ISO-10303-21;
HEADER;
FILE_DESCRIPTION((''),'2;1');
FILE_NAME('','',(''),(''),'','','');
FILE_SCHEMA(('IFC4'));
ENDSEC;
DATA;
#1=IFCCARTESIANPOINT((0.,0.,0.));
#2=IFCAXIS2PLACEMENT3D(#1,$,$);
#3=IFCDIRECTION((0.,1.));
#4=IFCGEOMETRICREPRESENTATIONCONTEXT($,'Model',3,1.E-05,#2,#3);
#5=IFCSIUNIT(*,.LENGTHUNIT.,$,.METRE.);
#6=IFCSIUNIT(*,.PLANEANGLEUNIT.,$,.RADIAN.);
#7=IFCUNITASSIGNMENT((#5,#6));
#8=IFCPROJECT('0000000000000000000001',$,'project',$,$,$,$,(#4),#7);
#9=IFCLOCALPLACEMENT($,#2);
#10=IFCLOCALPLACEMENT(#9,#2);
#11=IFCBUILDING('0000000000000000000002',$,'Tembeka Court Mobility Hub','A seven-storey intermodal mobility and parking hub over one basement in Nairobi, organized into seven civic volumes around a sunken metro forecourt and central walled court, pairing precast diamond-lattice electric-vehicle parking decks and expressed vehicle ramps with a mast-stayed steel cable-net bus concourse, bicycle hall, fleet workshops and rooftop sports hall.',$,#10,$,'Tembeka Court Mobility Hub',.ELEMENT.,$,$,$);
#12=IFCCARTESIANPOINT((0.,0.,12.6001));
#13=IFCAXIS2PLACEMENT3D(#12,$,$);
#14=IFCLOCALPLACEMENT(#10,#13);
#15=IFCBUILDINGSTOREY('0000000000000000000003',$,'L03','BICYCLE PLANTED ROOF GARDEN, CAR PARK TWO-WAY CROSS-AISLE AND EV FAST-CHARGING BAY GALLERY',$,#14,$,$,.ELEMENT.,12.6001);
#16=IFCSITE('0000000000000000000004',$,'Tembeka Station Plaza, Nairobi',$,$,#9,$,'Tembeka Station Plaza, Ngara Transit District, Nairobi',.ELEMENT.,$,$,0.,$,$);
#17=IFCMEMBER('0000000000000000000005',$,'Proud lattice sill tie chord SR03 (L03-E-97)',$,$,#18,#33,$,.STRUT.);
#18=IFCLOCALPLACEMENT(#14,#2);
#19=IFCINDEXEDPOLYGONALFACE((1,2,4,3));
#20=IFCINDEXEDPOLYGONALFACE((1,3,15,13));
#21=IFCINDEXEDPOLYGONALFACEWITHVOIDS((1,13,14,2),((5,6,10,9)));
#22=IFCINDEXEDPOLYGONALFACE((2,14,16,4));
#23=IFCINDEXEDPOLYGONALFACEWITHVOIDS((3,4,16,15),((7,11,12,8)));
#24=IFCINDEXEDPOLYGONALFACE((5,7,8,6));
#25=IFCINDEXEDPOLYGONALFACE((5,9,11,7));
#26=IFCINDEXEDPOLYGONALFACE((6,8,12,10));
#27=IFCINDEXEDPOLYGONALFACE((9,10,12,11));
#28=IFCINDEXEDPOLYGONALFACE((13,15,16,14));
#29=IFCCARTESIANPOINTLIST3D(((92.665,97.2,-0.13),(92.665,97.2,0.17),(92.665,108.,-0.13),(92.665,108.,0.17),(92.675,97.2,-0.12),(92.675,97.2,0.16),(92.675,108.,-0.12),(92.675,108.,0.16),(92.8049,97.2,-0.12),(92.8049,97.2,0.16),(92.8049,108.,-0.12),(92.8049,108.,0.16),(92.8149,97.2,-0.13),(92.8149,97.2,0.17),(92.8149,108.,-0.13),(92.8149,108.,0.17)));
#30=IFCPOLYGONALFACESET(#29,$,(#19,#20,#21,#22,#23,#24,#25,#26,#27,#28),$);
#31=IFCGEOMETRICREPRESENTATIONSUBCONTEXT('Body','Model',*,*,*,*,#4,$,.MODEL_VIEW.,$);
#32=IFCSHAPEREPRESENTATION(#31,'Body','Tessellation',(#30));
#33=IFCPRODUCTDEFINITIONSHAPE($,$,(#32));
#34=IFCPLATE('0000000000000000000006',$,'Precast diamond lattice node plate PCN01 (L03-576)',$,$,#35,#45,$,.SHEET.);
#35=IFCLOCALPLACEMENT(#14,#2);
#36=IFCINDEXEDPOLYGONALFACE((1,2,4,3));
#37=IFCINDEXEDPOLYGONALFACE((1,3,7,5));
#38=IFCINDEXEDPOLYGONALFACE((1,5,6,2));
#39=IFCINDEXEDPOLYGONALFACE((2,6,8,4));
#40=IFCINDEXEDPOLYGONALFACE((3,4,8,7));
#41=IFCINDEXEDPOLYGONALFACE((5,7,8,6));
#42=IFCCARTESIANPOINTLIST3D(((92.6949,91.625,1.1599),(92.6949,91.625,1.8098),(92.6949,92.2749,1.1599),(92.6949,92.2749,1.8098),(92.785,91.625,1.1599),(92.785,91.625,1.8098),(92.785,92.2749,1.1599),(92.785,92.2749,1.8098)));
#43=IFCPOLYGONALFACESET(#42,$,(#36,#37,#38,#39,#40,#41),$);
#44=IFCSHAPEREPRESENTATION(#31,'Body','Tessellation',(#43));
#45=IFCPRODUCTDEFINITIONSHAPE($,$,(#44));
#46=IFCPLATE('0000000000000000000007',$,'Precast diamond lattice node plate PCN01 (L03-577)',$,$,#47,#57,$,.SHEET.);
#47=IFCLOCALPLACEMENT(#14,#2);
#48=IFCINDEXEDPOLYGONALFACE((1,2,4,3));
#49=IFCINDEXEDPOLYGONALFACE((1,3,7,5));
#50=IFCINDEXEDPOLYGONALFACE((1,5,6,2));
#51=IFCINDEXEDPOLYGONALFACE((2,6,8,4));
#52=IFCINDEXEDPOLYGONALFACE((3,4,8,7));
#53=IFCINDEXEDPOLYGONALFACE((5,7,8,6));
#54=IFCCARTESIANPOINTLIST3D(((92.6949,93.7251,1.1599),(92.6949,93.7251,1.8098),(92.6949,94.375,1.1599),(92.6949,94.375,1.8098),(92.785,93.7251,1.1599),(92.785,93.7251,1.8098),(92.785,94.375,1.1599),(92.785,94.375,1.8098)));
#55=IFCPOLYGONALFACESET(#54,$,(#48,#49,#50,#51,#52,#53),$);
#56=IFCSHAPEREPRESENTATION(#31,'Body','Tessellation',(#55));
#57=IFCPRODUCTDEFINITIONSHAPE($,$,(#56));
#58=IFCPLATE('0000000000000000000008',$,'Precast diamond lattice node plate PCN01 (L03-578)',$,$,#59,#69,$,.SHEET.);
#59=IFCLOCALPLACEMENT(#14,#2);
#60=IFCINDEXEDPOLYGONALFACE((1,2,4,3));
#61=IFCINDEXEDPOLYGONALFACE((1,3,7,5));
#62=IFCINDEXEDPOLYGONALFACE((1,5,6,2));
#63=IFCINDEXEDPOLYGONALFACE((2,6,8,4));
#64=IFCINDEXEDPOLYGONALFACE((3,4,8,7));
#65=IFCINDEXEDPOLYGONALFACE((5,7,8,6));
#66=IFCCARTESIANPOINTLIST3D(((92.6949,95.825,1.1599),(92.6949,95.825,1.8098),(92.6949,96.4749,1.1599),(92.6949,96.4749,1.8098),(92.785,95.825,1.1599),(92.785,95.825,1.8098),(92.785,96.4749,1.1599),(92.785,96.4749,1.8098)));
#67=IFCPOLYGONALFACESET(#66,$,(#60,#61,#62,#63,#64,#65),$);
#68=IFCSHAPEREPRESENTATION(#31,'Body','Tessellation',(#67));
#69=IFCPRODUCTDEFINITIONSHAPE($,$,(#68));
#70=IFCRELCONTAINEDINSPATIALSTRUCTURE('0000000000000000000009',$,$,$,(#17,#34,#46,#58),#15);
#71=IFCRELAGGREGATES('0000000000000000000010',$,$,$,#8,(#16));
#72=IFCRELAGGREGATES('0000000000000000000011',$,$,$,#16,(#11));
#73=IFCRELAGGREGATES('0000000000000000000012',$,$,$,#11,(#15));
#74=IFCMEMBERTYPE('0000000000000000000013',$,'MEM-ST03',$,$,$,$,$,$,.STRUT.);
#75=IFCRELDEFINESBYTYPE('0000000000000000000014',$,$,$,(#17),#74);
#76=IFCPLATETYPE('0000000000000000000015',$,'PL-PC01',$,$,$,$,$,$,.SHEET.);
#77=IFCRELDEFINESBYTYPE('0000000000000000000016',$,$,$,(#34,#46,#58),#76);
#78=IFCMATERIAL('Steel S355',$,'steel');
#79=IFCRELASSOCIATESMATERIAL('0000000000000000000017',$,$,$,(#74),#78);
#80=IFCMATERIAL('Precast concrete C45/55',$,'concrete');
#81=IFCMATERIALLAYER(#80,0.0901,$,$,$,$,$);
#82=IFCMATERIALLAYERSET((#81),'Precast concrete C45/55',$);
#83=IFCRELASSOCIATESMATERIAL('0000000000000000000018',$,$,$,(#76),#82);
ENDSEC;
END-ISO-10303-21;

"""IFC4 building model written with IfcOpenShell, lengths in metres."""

from ifc_helpers import new_model, si_unit, direction, frame, origin, origin_2d, place, context, subcontext, project, spatial, rectangle, hollow_rectangle, extrude, material, layer, layer_set, material_profile, profile_set, type_object, element, save


model = new_model("IFC4")

# Units and contexts
model_context = context("Model", 3, precision=1e-05, world=origin(), true_north=direction((0.0, 1.0)))
body_context = subcontext(model_context, "Body", "Model", "MODEL_VIEW")
ifc_project = project(units=[si_unit("LENGTHUNIT", "METRE"), si_unit("PLANEANGLEUNIT", "RADIAN")], contexts=[model_context])

# Site, building, storey
site_placement = place(None, origin())
site = spatial("IfcSite", under=ifc_project, at=site_placement, Name="Tembeka Station Plaza, Nairobi", LongName="Tembeka Station Plaza, Ngara Transit District, Nairobi", CompositionType="ELEMENT", RefElevation=0.0)
building_placement = place(site_placement, origin())
building = spatial("IfcBuilding", under=site, at=building_placement, Name="Tembeka Court Mobility Hub", Description="A seven-storey intermodal mobility and parking hub over one basement in Nairobi, organized into seven civic volumes around a sunken metro forecourt and central walled court, pairing precast diamond-lattice electric-vehicle parking decks and expressed vehicle ramps with a mast-stayed steel cable-net bus concourse, bicycle hall, fleet workshops and rooftop sports hall.", LongName="Tembeka Court Mobility Hub", CompositionType="ELEMENT")
storey_placement = place(building_placement, frame((0.0, 0.0, 12.6001)))
storey = spatial("IfcBuildingStorey", under=building, at=storey_placement, Name="L03", Description="BICYCLE PLANTED ROOF GARDEN, CAR PARK TWO-WAY CROSS-AISLE AND EV FAST-CHARGING BAY GALLERY", CompositionType="ELEMENT", Elevation=12.6001)

# Shared definitions
ifc_material_1 = material(Name="Steel S355", Category="steel")

# Shared definitions
ifc_material_2 = material(Name="Precast concrete C45/55", Category="concrete")

# Member
ifc_material_profile_1 = material_profile(ifc_material_1, hollow_rectangle(XDim=0.1499, YDim=0.3, WallThickness=0.01, at=origin_2d()), Name="RHS 300x150x10")
ifc_profile_set_1 = profile_set([ifc_material_profile_1], Name="Steel S355")
member_type_1 = type_object("IfcMemberType", Name="MEM-ST03", PredefinedType="STRUT", material=ifc_profile_set_1)
member_1_placement = place(storey_placement, frame((92.74, 97.2, 0.02), z_axis=(0.0, 1.0, 0.0), x_axis=(-1.0, 0.0, 0.0)))
element("IfcMember", 1, at=member_1_placement, inside=storey, type_object=member_type_1, Name="Proud lattice sill tie chord SR03 (L03-E-97)", PredefinedType="STRUT", context=body_context, shape_type="SweptSolid", body=[
    extrude(hollow_rectangle(XDim=0.1499, YDim=0.3, WallThickness=0.01, at=origin_2d()), origin(), (0.0, 0.0, 1.0), 10.8),
])

# Plates
ifc_layer = layer(ifc_material_2, 0.0901)
ifc_layer_set = layer_set([ifc_layer], Name="Precast concrete C45/55")
plate_type = type_object("IfcPlateType", Name="PL-PC01", PredefinedType="SHEET", material=ifc_layer_set)
for number, where, z_axis, x_axis, name in (
    (2, (92.74, 91.95, 1.1599), (0.0, 0.0, 1.0), (1.0, 0.0, 0.0), "Precast diamond lattice node plate PCN01 (L03-576)"),
    (3, (92.74, 94.05, 1.1599), (0.0, 0.0, 1.0), (1.0, 0.0, 0.0), "Precast diamond lattice node plate PCN01 (L03-577)"),
    (4, (92.74, 96.1499, 1.1599), (0.0, 0.0, 1.0), (1.0, 0.0, 0.0), "Precast diamond lattice node plate PCN01 (L03-578)"),
):
    element("IfcPlate", number, at=place(storey_placement, frame(where, z_axis=z_axis, x_axis=x_axis)), inside=storey, type_object=plate_type, Name=name, PredefinedType="SHEET", context=body_context, shape_type="SweptSolid", body=[
        extrude(rectangle(XDim=0.0901, YDim=0.6499, at=origin_2d()), origin(), (0.0, 0.0, 1.0), 0.6499),
    ])

save(model, "model.ifc")
